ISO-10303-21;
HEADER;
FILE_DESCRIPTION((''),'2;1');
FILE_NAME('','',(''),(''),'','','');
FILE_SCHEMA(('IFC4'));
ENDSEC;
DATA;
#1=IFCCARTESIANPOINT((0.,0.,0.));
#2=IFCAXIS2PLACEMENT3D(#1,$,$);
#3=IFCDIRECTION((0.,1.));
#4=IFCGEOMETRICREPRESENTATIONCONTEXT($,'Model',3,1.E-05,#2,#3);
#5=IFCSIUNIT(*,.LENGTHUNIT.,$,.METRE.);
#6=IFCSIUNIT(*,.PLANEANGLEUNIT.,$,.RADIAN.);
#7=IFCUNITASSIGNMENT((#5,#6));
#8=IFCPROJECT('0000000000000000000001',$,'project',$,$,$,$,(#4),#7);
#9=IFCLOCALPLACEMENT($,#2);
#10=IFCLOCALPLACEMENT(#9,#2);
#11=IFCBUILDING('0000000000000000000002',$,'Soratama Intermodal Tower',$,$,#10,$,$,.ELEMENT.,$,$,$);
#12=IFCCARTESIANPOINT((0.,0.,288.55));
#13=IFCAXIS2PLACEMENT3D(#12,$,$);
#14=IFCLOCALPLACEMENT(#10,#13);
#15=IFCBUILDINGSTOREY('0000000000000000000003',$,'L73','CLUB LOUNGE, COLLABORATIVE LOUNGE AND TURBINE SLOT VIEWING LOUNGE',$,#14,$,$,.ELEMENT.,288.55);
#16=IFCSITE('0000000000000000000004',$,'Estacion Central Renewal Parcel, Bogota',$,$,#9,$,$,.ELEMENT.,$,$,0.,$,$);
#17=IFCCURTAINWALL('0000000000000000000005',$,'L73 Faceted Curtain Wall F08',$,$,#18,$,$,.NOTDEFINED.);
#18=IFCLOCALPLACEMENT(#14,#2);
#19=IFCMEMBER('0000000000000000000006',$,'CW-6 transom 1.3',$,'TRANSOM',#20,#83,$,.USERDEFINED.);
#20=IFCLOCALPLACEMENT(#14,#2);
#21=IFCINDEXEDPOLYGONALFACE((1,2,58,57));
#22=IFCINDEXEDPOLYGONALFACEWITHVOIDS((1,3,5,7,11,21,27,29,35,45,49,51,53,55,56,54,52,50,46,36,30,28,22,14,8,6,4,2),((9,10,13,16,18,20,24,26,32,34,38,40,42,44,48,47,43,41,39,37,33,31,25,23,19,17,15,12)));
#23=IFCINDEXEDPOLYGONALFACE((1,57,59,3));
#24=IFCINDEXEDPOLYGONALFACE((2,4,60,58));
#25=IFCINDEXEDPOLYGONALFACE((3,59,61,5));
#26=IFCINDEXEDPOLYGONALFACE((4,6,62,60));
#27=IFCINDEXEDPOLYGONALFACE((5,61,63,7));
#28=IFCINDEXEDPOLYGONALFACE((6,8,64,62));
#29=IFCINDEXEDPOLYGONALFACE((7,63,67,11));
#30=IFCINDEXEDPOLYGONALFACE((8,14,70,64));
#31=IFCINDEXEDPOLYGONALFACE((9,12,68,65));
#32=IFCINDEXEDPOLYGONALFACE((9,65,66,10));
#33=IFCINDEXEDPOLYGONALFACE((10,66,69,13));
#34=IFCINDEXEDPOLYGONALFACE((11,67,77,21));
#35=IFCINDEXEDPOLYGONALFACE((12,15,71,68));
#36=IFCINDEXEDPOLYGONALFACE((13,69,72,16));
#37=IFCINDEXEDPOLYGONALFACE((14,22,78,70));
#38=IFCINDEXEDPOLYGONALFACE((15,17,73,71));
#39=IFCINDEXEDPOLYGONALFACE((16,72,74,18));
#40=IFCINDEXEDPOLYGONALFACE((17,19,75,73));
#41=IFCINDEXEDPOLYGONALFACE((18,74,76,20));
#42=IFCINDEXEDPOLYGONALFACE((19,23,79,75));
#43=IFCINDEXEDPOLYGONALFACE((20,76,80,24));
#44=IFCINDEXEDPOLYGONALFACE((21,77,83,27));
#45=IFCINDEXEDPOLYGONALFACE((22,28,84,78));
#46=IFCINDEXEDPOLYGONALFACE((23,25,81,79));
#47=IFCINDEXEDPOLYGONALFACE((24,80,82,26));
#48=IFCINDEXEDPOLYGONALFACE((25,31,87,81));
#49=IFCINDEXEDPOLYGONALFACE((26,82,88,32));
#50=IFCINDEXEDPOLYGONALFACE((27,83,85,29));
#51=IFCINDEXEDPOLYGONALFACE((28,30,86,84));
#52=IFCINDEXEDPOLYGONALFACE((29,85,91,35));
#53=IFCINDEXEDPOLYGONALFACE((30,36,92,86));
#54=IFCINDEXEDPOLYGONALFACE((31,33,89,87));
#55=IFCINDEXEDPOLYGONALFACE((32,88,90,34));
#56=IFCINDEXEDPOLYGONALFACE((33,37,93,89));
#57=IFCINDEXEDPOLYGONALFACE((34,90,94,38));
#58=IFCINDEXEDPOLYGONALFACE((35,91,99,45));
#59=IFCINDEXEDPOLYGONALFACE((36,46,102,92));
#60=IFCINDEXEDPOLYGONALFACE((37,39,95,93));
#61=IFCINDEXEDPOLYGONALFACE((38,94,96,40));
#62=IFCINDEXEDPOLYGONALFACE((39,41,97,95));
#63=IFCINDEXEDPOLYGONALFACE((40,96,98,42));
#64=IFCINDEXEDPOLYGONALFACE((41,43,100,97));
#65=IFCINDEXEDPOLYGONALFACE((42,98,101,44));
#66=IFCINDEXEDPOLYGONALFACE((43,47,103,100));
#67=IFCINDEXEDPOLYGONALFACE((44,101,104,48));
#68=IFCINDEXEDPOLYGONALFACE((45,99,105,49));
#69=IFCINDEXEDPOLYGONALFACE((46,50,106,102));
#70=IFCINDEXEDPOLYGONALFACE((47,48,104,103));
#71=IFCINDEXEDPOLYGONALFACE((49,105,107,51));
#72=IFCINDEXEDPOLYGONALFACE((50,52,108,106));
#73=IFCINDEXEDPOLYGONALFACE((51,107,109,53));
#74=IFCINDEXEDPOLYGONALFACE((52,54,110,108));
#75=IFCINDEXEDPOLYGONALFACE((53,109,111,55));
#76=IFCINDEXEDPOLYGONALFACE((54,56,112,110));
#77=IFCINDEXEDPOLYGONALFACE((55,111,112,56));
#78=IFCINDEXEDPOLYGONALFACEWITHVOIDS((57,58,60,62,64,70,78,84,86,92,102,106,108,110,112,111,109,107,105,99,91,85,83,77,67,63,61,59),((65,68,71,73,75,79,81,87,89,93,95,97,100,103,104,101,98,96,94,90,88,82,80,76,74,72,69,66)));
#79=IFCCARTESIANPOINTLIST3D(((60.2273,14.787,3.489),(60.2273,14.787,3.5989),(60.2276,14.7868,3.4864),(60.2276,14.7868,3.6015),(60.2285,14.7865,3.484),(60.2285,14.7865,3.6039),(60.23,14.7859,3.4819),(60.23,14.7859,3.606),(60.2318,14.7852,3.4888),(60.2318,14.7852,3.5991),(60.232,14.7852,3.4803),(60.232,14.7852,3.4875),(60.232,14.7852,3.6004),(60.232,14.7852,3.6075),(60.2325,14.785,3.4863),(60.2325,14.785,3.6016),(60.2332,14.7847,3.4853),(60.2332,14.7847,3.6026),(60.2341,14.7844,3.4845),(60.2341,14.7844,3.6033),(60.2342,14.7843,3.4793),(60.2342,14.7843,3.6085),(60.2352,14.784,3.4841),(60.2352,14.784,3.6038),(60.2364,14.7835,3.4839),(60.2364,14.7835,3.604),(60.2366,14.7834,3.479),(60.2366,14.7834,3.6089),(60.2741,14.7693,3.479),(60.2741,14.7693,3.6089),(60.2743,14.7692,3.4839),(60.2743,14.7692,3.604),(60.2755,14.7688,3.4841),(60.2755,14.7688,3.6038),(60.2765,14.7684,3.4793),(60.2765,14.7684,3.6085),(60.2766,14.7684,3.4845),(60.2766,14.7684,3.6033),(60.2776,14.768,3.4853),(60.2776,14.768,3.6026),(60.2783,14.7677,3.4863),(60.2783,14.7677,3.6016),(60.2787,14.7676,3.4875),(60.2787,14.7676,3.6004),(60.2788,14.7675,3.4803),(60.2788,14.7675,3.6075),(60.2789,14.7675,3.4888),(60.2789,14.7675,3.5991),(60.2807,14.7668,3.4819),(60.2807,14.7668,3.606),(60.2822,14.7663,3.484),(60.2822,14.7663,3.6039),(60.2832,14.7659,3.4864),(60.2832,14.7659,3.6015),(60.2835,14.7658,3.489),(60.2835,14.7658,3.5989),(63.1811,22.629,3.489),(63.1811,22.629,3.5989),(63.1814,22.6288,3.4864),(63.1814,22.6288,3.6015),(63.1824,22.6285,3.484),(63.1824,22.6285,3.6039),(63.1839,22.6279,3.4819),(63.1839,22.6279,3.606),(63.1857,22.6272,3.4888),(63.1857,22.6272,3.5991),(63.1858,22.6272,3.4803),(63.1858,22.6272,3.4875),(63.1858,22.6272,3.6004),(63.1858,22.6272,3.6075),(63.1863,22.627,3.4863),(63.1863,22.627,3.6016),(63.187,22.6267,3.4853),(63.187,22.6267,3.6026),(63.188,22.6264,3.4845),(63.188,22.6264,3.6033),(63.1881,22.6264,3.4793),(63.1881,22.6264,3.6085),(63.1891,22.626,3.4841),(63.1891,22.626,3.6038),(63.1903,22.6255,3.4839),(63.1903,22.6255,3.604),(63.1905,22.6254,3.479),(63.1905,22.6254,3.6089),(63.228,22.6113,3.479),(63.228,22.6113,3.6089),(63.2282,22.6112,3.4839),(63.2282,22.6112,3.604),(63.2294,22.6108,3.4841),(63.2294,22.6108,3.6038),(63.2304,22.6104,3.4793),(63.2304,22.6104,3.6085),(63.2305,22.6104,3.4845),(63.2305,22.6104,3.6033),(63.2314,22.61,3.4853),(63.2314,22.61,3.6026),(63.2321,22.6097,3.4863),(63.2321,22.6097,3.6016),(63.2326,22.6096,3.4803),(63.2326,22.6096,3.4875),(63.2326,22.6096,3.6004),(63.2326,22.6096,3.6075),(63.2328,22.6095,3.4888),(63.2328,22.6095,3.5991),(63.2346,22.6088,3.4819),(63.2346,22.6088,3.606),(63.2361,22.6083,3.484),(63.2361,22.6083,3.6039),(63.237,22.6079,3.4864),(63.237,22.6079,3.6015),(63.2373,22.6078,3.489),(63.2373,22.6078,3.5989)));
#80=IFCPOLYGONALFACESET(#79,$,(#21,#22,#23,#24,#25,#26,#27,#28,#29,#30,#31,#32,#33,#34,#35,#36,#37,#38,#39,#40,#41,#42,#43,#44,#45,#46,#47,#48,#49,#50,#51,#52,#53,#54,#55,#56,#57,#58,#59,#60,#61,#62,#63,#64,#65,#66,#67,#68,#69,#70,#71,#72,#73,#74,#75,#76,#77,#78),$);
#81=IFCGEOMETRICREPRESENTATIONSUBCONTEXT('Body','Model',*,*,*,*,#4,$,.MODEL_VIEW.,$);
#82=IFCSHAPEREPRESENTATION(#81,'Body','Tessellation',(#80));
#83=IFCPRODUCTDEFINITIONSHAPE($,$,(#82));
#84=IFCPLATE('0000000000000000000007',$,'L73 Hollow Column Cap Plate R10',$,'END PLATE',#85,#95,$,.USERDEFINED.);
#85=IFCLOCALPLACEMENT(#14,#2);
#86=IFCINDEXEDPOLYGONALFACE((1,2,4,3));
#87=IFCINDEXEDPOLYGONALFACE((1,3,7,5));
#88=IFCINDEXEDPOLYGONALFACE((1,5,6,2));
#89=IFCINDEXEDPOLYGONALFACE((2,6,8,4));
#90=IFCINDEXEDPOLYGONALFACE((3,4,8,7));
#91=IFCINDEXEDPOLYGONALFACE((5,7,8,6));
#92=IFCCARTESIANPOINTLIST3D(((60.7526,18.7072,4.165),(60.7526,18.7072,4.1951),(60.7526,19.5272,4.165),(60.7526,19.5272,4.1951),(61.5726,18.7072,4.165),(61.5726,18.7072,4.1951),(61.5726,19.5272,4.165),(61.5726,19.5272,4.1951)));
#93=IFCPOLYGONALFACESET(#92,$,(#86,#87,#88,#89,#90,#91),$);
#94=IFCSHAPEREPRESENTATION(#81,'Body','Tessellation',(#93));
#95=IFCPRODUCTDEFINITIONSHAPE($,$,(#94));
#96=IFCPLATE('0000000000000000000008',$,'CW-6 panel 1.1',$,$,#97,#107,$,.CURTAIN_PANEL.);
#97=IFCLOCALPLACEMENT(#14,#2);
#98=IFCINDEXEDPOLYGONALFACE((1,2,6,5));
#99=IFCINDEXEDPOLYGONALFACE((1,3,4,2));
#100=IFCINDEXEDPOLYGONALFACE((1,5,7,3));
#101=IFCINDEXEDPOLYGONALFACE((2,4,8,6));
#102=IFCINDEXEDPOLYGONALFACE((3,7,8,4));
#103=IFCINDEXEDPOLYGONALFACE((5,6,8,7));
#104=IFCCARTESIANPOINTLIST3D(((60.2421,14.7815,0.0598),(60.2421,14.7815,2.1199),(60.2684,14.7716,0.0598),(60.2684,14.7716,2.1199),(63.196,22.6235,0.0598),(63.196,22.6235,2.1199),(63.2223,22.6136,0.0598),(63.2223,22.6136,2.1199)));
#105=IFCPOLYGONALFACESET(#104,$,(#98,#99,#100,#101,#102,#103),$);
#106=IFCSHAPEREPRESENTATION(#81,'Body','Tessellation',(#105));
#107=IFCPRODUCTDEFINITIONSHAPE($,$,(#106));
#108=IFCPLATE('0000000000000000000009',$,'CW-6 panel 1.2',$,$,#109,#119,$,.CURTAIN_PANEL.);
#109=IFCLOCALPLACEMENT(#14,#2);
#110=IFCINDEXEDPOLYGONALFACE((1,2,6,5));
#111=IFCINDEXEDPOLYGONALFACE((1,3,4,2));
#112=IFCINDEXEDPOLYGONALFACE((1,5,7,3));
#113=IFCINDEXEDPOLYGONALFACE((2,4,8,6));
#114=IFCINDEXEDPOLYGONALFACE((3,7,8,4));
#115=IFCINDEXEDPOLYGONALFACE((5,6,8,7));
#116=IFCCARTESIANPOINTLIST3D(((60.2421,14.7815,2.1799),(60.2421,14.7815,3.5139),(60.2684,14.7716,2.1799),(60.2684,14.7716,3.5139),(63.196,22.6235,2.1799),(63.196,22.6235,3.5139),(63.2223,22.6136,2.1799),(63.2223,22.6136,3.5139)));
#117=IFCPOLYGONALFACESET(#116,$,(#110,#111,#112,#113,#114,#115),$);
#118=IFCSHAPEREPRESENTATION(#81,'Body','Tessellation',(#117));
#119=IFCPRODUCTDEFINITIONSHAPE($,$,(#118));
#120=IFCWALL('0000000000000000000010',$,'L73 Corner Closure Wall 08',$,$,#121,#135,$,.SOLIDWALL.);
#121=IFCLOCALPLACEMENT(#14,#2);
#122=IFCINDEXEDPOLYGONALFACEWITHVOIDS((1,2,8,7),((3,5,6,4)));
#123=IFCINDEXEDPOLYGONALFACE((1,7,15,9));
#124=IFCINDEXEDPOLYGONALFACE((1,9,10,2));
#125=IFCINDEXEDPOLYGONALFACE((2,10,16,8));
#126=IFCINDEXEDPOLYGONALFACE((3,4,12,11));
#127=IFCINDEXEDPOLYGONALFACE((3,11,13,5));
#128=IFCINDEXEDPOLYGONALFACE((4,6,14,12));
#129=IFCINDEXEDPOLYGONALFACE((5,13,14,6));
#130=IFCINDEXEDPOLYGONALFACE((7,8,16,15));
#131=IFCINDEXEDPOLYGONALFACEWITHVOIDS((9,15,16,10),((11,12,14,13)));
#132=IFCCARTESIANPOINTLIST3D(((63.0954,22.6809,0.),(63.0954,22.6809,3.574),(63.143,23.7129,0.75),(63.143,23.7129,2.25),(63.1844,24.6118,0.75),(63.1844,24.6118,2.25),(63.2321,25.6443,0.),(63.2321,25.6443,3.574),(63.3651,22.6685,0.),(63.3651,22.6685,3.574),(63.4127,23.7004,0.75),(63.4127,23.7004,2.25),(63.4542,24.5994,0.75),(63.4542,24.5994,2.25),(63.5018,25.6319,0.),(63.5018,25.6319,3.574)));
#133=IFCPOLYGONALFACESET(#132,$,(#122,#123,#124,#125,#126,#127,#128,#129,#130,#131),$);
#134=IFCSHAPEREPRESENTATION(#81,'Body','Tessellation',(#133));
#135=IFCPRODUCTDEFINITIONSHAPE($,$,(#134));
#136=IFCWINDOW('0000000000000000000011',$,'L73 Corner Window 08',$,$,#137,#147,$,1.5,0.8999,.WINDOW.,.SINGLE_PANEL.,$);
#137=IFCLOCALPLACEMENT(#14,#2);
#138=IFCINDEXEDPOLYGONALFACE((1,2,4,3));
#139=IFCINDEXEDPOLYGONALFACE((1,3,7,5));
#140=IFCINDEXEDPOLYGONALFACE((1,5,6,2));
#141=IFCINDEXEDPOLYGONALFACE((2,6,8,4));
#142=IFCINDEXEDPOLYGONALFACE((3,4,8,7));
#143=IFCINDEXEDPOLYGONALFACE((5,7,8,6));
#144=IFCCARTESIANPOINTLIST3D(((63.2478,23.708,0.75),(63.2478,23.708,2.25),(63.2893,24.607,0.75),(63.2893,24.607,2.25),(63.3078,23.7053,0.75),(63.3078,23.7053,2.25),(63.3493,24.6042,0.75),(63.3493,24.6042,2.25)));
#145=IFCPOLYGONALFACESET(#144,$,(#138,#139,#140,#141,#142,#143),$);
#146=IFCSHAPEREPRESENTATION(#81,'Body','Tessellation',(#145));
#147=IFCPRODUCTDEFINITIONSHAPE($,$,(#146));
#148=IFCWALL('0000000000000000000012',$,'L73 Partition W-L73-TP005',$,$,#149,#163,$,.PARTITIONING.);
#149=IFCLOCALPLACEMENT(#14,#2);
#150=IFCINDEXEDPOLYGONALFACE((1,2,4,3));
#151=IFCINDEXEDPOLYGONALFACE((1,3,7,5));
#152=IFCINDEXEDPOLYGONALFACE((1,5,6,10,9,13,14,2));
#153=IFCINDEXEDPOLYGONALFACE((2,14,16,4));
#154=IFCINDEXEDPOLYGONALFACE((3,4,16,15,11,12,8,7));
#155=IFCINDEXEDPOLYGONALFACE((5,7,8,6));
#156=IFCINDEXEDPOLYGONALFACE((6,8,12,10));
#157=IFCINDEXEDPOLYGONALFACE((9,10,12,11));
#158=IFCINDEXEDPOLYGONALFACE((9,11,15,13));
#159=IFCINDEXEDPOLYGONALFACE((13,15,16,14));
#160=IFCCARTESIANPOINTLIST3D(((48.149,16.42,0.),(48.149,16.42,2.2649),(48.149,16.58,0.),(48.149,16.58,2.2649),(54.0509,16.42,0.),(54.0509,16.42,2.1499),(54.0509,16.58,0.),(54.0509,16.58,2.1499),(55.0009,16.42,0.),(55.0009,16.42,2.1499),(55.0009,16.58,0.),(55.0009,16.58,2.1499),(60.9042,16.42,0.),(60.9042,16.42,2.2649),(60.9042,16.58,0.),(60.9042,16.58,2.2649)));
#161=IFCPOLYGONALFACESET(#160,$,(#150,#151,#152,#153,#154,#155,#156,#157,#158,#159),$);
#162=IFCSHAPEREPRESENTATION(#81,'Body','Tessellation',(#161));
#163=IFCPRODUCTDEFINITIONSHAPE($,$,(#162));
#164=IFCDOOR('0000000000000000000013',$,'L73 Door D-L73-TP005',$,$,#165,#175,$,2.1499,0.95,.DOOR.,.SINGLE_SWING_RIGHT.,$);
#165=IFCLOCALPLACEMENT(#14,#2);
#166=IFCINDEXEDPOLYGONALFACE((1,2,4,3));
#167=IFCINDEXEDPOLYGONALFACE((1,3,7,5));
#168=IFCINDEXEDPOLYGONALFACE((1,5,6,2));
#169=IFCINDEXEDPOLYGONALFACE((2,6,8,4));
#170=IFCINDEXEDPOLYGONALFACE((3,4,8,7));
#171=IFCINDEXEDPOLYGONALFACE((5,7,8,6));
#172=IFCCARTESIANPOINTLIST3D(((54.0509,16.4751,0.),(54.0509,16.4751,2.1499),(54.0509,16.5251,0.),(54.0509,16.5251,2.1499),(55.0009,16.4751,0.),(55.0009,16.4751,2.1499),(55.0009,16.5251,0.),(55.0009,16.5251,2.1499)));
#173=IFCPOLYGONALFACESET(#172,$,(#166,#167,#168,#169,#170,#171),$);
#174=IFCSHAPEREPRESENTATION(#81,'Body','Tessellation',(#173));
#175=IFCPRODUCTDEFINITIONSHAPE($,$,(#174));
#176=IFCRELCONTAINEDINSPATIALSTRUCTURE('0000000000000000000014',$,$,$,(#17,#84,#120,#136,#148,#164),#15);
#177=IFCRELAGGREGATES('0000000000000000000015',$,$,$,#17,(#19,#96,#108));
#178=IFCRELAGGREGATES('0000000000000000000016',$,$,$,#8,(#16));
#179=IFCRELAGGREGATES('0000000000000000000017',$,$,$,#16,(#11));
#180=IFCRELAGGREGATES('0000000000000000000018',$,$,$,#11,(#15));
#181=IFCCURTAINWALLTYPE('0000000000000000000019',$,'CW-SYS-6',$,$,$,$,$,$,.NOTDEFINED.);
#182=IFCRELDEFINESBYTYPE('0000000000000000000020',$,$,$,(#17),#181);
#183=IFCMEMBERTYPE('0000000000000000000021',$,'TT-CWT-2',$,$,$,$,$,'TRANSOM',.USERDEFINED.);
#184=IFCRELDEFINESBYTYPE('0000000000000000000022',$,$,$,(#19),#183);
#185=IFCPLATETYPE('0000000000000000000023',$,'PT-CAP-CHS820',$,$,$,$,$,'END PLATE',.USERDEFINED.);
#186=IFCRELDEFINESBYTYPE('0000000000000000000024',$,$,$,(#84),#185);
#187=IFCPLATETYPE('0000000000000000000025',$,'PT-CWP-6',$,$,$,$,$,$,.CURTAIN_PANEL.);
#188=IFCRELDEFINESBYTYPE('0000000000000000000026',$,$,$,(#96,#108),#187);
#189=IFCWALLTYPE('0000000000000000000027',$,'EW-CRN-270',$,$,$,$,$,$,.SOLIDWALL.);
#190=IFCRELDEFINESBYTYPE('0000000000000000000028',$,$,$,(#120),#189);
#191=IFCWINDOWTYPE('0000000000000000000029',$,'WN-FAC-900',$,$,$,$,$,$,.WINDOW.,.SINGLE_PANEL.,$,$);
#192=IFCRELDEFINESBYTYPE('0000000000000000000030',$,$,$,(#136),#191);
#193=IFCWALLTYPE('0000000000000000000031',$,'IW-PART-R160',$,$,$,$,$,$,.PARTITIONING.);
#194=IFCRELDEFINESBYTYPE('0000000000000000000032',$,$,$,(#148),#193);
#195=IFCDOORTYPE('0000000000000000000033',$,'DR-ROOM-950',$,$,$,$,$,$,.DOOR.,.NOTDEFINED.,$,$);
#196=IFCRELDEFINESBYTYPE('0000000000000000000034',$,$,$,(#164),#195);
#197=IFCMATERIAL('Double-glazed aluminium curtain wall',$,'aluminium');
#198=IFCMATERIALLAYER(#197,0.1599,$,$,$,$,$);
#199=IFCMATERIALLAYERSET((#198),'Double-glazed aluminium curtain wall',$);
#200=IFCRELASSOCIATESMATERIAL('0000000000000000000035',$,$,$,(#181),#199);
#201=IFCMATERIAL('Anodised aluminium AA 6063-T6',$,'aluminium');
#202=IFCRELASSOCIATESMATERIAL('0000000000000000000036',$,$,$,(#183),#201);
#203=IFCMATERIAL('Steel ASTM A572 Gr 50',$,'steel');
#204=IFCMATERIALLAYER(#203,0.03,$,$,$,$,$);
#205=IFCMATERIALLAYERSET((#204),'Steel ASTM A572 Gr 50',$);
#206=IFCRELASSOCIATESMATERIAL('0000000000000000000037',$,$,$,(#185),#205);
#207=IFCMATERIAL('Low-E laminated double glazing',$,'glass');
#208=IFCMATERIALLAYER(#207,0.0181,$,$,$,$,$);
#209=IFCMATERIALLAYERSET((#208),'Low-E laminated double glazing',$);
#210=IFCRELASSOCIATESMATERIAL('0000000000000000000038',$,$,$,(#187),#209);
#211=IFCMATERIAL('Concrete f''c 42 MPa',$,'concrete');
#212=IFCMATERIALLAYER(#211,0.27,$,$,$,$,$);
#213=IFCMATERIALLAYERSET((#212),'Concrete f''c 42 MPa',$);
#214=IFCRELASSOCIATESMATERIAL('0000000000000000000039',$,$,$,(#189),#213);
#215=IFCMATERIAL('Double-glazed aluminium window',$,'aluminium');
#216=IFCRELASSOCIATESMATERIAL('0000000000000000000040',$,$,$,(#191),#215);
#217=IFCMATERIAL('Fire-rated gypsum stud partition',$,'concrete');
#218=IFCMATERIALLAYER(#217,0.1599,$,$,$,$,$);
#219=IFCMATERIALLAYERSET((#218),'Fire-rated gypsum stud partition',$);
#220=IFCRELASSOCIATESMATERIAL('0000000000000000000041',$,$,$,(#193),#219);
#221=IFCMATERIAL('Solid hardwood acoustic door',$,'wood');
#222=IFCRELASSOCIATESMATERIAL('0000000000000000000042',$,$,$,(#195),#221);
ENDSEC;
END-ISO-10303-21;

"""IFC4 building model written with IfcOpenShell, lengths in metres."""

from ifc_helpers import new_model, si_unit, direction, frame, frame_2d, origin, origin_2d, place, context, subcontext, project, spatial, rectangle, hollow_rectangle, extrude, material, layer, layer_set, material_profile, profile_set, type_object, element, fill, aggregate, save


model = new_model("IFC4")

# Units and contexts
model_context = context("Model", 3, precision=1e-05, world=origin(), true_north=direction((0.0, 1.0)))
body_context = subcontext(model_context, "Body", "Model", "MODEL_VIEW")
ifc_project = project(units=[si_unit("LENGTHUNIT", "METRE"), si_unit("PLANEANGLEUNIT", "RADIAN")], contexts=[model_context])

# Site, building, storey
site_placement = place(None, origin())
site = spatial("IfcSite", under=ifc_project, at=site_placement, Name="Estacion Central Renewal Parcel, Bogota", CompositionType="ELEMENT", RefElevation=0.0)
building_placement = place(site_placement, origin())
building = spatial("IfcBuilding", under=site, at=building_placement, Name="Soratama Intermodal Tower", CompositionType="ELEMENT")
storey_placement = place(building_placement, frame((0.0, 0.0, 288.55)))
storey = spatial("IfcBuildingStorey", under=building, at=storey_placement, Name="L73", Description="CLUB LOUNGE, COLLABORATIVE LOUNGE AND TURBINE SLOT VIEWING LOUNGE", CompositionType="ELEMENT", Elevation=288.55)

# Curtain wall, member
ifc_material_1 = material(Name="Double-glazed aluminium curtain wall", Category="aluminium")
ifc_layer_1 = layer(ifc_material_1, 0.1599)
ifc_layer_set_1 = layer_set([ifc_layer_1], Name="Double-glazed aluminium curtain wall")
curtain_wall_type = type_object("IfcCurtainWallType", Name="CW-SYS-6", PredefinedType="NOTDEFINED", material=ifc_layer_set_1)
curtain_wall_placement = place(storey_placement, origin())
curtain_wall = element("IfcCurtainWall", 1, at=curtain_wall_placement, inside=storey, type_object=curtain_wall_type, Name="L73 Faceted Curtain Wall F08", PredefinedType="NOTDEFINED")
ifc_material_2 = material(Name="Anodised aluminium AA 6063-T6", Category="aluminium")
ifc_material_profile_1 = material_profile(ifc_material_2, hollow_rectangle(XDim=0.0601, YDim=0.1299, WallThickness=0.0049, InnerFilletRadius=0.0049, OuterFilletRadius=0.01, at=origin_2d()), Name="CWT130X60X5")
ifc_profile_set_1 = profile_set([ifc_material_profile_1], Name="Anodised aluminium AA 6063-T6")
member_type_1 = type_object("IfcMemberType", Name="TT-CWT-2", ElementType="TRANSOM", PredefinedType="USERDEFINED", material=ifc_profile_set_1)
member_1_placement = place(storey_placement, frame((60.2554, 14.7764, 3.5439), z_axis=(0.352493, 0.935815, 0.0), x_axis=(-0.935815, 0.352493, 0.0)))
member_1 = element("IfcMember", 2, at=member_1_placement, type_object=member_type_1, Name="CW-6 transom 1.3", ObjectType="TRANSOM", PredefinedType="USERDEFINED", context=body_context, shape_type="SweptSolid", body=[
    extrude(hollow_rectangle(XDim=0.0601, YDim=0.1299, WallThickness=0.0049, InnerFilletRadius=0.0049, OuterFilletRadius=0.01, at=origin_2d()), origin(), (0.0, 0.0, 1.0), 8.3799),
])

# Plates
ifc_material_3 = material(Name="Steel ASTM A572 Gr 50", Category="steel")
ifc_layer_2 = layer(ifc_material_3, 0.03)
ifc_layer_set_2 = layer_set([ifc_layer_2], Name="Steel ASTM A572 Gr 50")
plate_type_1 = type_object("IfcPlateType", Name="PT-CAP-CHS820", ElementType="END PLATE", PredefinedType="USERDEFINED", material=ifc_layer_set_2)
plate_1_placement = place(storey_placement, frame((61.1626, 19.1172, 4.165), z_axis=(0.0, 0.0, 1.0), x_axis=(1.0, 0.0, 0.0)))
element("IfcPlate", 3, at=plate_1_placement, inside=storey, type_object=plate_type_1, Name="L73 Hollow Column Cap Plate R10", ObjectType="END PLATE", PredefinedType="USERDEFINED", context=body_context, shape_type="SweptSolid", body=[
    extrude(rectangle(XDim=0.8201, YDim=0.8201, at=origin_2d()), origin(), (0.0, 0.0, 1.0), 0.03),
])
ifc_material_4 = material(Name="Low-E laminated double glazing", Category="glass")
ifc_layer_3 = layer(ifc_material_4, 0.0181)
ifc_layer_set_3 = layer_set([ifc_layer_3], Name="Low-E laminated double glazing")
plate_type_2 = type_object("IfcPlateType", Name="PT-CWP-6", PredefinedType="CURTAIN_PANEL", material=ifc_layer_set_3)
plate_2_placement = place(storey_placement, frame((61.7322, 18.6975, 0.0598), z_axis=(0.0, 0.0, 1.0), x_axis=(0.352499, 0.935812, 0.0)))
plate_2 = element("IfcPlate", 4, at=plate_2_placement, type_object=plate_type_2, Name="CW-6 panel 1.1", PredefinedType="CURTAIN_PANEL", context=body_context, shape_type="SweptSolid", body=[
    extrude(rectangle(XDim=8.3799, YDim=0.0281, at=origin_2d()), origin(), (0.0, 0.0, 1.0), 2.0601),
])
plate_3_placement = place(storey_placement, frame((61.7322, 18.6975, 2.1799), z_axis=(0.0, 0.0, 1.0), x_axis=(0.352499, 0.935812, 0.0)))
plate_3 = element("IfcPlate", 5, at=plate_3_placement, type_object=plate_type_2, Name="CW-6 panel 1.2", PredefinedType="CURTAIN_PANEL", context=body_context, shape_type="SweptSolid", body=[
    extrude(rectangle(XDim=8.3799, YDim=0.0281, at=origin_2d()), origin(), (0.0, 0.0, 1.0), 1.334),
])
aggregate(curtain_wall, [member_1, plate_2, plate_3])

# Wall, opening, window
ifc_material_5 = material(Name="Concrete f'c 42 MPa", Category="concrete")
ifc_layer_4 = layer(ifc_material_5, 0.27)
ifc_layer_set_4 = layer_set([ifc_layer_4], Name="Concrete f'c 42 MPa")
wall_type_1 = type_object("IfcWallType", Name="EW-CRN-270", PredefinedType="SOLIDWALL", material=ifc_layer_set_4)
wall_1_placement = place(storey_placement, frame((63.2302, 22.6746, 0.0), z_axis=(0.0, 0.0, 1.0), x_axis=(0.046087, 0.998937, 0.0)))
wall_1 = element("IfcWall", 6, at=wall_1_placement, inside=storey, type_object=wall_type_1, Name="L73 Corner Closure Wall 08", PredefinedType="SOLIDWALL", context=body_context, shape_type="SweptSolid", body=[
    extrude(rectangle(XDim=2.9666, YDim=0.27, at=frame_2d((1.4834, 0.0))), origin(), (0.0, 0.0, 1.0), 3.574),
])
opening_1_placement = place(wall_1_placement, frame((1.0332, 0.0, 0.75)))
opening_1 = element("IfcOpeningElement", 7, at=opening_1_placement, cuts=wall_1, PredefinedType="OPENING", context=body_context, shape_type="SweptSolid", body=[
    extrude(rectangle(XDim=0.8999, YDim=1.5, at=frame_2d((0.45, 0.75))), frame((0.0, 0.145, 0.0), z_axis=(0.0, -1.0, 0.0), x_axis=(1.0, 0.0, 0.0)), (0.0, 0.0, 1.0), 0.29),
])
ifc_material_6 = material(Name="Double-glazed aluminium window", Category="aluminium")
window_type = type_object("IfcWindowType", Name="WN-FAC-900", PartitioningType="SINGLE_PANEL", PredefinedType="WINDOW", material=ifc_material_6)
window_placement = place(opening_1_placement, origin())
window = element("IfcWindow", 8, at=window_placement, inside=storey, type_object=window_type, Name="L73 Corner Window 08", OverallHeight=1.5, OverallWidth=0.8999, PartitioningType="SINGLE_PANEL", PredefinedType="WINDOW", context=body_context, shape_type="SweptSolid", body=[
    extrude(rectangle(XDim=0.8999, YDim=1.5, at=frame_2d((0.45, 0.75))), frame((0.0, 0.03, 0.0), z_axis=(0.0, -1.0, 0.0), x_axis=(1.0, 0.0, 0.0)), (0.0, 0.0, 1.0), 0.0601),
])
fill(opening_1, window)

# Wall, opening, door
ifc_material_7 = material(Name="Fire-rated gypsum stud partition", Category="concrete")
ifc_layer_5 = layer(ifc_material_7, 0.1599)
ifc_layer_set_5 = layer_set([ifc_layer_5], Name="Fire-rated gypsum stud partition")
wall_type_2 = type_object("IfcWallType", Name="IW-PART-R160", PredefinedType="PARTITIONING", material=ifc_layer_set_5)
wall_2_placement = place(storey_placement, frame((60.9041, 16.5, 0.0), z_axis=(0.0, 0.0, 1.0), x_axis=(-1.0, 0.0, 0.0)))
wall_2 = element("IfcWall", 9, at=wall_2_placement, inside=storey, type_object=wall_type_2, Name="L73 Partition W-L73-TP005", PredefinedType="PARTITIONING", context=body_context, shape_type="SweptSolid", body=[
    extrude(rectangle(XDim=12.7551, YDim=0.1599, at=frame_2d((6.3774, 0.0))), origin(), (0.0, 0.0, 1.0), 2.2649),
])
opening_2_placement = place(wall_2_placement, frame((5.9031, 0.0, 0.0)))
opening_2 = element("IfcOpeningElement", 10, at=opening_2_placement, cuts=wall_2, PredefinedType="OPENING", context=body_context, shape_type="SweptSolid", body=[
    extrude(rectangle(XDim=0.95, YDim=2.1499, at=frame_2d((0.4751, 1.075))), frame((0.0, 0.0898, 0.0), z_axis=(0.0, -1.0, 0.0), x_axis=(1.0, 0.0, 0.0)), (0.0, 0.0, 1.0), 0.1799),
])
ifc_material_8 = material(Name="Solid hardwood acoustic door", Category="wood")
door_type = type_object("IfcDoorType", Name="DR-ROOM-950", OperationType="NOTDEFINED", PredefinedType="DOOR", material=ifc_material_8)
door_placement = place(opening_2_placement, origin())
door = element("IfcDoor", 11, at=door_placement, inside=storey, type_object=door_type, Name="L73 Door D-L73-TP005", OperationType="SINGLE_SWING_RIGHT", OverallHeight=2.1499, OverallWidth=0.95, PredefinedType="DOOR", context=body_context, shape_type="SweptSolid", body=[
    extrude(rectangle(XDim=0.95, YDim=2.1499, at=frame_2d((0.4751, 1.075))), frame((0.0, 0.0249, 0.0), z_axis=(0.0, -1.0, 0.0), x_axis=(1.0, 0.0, 0.0)), (0.0, 0.0, 1.0), 0.05),
])
fill(opening_2, door)

save(model, "model.ifc")
